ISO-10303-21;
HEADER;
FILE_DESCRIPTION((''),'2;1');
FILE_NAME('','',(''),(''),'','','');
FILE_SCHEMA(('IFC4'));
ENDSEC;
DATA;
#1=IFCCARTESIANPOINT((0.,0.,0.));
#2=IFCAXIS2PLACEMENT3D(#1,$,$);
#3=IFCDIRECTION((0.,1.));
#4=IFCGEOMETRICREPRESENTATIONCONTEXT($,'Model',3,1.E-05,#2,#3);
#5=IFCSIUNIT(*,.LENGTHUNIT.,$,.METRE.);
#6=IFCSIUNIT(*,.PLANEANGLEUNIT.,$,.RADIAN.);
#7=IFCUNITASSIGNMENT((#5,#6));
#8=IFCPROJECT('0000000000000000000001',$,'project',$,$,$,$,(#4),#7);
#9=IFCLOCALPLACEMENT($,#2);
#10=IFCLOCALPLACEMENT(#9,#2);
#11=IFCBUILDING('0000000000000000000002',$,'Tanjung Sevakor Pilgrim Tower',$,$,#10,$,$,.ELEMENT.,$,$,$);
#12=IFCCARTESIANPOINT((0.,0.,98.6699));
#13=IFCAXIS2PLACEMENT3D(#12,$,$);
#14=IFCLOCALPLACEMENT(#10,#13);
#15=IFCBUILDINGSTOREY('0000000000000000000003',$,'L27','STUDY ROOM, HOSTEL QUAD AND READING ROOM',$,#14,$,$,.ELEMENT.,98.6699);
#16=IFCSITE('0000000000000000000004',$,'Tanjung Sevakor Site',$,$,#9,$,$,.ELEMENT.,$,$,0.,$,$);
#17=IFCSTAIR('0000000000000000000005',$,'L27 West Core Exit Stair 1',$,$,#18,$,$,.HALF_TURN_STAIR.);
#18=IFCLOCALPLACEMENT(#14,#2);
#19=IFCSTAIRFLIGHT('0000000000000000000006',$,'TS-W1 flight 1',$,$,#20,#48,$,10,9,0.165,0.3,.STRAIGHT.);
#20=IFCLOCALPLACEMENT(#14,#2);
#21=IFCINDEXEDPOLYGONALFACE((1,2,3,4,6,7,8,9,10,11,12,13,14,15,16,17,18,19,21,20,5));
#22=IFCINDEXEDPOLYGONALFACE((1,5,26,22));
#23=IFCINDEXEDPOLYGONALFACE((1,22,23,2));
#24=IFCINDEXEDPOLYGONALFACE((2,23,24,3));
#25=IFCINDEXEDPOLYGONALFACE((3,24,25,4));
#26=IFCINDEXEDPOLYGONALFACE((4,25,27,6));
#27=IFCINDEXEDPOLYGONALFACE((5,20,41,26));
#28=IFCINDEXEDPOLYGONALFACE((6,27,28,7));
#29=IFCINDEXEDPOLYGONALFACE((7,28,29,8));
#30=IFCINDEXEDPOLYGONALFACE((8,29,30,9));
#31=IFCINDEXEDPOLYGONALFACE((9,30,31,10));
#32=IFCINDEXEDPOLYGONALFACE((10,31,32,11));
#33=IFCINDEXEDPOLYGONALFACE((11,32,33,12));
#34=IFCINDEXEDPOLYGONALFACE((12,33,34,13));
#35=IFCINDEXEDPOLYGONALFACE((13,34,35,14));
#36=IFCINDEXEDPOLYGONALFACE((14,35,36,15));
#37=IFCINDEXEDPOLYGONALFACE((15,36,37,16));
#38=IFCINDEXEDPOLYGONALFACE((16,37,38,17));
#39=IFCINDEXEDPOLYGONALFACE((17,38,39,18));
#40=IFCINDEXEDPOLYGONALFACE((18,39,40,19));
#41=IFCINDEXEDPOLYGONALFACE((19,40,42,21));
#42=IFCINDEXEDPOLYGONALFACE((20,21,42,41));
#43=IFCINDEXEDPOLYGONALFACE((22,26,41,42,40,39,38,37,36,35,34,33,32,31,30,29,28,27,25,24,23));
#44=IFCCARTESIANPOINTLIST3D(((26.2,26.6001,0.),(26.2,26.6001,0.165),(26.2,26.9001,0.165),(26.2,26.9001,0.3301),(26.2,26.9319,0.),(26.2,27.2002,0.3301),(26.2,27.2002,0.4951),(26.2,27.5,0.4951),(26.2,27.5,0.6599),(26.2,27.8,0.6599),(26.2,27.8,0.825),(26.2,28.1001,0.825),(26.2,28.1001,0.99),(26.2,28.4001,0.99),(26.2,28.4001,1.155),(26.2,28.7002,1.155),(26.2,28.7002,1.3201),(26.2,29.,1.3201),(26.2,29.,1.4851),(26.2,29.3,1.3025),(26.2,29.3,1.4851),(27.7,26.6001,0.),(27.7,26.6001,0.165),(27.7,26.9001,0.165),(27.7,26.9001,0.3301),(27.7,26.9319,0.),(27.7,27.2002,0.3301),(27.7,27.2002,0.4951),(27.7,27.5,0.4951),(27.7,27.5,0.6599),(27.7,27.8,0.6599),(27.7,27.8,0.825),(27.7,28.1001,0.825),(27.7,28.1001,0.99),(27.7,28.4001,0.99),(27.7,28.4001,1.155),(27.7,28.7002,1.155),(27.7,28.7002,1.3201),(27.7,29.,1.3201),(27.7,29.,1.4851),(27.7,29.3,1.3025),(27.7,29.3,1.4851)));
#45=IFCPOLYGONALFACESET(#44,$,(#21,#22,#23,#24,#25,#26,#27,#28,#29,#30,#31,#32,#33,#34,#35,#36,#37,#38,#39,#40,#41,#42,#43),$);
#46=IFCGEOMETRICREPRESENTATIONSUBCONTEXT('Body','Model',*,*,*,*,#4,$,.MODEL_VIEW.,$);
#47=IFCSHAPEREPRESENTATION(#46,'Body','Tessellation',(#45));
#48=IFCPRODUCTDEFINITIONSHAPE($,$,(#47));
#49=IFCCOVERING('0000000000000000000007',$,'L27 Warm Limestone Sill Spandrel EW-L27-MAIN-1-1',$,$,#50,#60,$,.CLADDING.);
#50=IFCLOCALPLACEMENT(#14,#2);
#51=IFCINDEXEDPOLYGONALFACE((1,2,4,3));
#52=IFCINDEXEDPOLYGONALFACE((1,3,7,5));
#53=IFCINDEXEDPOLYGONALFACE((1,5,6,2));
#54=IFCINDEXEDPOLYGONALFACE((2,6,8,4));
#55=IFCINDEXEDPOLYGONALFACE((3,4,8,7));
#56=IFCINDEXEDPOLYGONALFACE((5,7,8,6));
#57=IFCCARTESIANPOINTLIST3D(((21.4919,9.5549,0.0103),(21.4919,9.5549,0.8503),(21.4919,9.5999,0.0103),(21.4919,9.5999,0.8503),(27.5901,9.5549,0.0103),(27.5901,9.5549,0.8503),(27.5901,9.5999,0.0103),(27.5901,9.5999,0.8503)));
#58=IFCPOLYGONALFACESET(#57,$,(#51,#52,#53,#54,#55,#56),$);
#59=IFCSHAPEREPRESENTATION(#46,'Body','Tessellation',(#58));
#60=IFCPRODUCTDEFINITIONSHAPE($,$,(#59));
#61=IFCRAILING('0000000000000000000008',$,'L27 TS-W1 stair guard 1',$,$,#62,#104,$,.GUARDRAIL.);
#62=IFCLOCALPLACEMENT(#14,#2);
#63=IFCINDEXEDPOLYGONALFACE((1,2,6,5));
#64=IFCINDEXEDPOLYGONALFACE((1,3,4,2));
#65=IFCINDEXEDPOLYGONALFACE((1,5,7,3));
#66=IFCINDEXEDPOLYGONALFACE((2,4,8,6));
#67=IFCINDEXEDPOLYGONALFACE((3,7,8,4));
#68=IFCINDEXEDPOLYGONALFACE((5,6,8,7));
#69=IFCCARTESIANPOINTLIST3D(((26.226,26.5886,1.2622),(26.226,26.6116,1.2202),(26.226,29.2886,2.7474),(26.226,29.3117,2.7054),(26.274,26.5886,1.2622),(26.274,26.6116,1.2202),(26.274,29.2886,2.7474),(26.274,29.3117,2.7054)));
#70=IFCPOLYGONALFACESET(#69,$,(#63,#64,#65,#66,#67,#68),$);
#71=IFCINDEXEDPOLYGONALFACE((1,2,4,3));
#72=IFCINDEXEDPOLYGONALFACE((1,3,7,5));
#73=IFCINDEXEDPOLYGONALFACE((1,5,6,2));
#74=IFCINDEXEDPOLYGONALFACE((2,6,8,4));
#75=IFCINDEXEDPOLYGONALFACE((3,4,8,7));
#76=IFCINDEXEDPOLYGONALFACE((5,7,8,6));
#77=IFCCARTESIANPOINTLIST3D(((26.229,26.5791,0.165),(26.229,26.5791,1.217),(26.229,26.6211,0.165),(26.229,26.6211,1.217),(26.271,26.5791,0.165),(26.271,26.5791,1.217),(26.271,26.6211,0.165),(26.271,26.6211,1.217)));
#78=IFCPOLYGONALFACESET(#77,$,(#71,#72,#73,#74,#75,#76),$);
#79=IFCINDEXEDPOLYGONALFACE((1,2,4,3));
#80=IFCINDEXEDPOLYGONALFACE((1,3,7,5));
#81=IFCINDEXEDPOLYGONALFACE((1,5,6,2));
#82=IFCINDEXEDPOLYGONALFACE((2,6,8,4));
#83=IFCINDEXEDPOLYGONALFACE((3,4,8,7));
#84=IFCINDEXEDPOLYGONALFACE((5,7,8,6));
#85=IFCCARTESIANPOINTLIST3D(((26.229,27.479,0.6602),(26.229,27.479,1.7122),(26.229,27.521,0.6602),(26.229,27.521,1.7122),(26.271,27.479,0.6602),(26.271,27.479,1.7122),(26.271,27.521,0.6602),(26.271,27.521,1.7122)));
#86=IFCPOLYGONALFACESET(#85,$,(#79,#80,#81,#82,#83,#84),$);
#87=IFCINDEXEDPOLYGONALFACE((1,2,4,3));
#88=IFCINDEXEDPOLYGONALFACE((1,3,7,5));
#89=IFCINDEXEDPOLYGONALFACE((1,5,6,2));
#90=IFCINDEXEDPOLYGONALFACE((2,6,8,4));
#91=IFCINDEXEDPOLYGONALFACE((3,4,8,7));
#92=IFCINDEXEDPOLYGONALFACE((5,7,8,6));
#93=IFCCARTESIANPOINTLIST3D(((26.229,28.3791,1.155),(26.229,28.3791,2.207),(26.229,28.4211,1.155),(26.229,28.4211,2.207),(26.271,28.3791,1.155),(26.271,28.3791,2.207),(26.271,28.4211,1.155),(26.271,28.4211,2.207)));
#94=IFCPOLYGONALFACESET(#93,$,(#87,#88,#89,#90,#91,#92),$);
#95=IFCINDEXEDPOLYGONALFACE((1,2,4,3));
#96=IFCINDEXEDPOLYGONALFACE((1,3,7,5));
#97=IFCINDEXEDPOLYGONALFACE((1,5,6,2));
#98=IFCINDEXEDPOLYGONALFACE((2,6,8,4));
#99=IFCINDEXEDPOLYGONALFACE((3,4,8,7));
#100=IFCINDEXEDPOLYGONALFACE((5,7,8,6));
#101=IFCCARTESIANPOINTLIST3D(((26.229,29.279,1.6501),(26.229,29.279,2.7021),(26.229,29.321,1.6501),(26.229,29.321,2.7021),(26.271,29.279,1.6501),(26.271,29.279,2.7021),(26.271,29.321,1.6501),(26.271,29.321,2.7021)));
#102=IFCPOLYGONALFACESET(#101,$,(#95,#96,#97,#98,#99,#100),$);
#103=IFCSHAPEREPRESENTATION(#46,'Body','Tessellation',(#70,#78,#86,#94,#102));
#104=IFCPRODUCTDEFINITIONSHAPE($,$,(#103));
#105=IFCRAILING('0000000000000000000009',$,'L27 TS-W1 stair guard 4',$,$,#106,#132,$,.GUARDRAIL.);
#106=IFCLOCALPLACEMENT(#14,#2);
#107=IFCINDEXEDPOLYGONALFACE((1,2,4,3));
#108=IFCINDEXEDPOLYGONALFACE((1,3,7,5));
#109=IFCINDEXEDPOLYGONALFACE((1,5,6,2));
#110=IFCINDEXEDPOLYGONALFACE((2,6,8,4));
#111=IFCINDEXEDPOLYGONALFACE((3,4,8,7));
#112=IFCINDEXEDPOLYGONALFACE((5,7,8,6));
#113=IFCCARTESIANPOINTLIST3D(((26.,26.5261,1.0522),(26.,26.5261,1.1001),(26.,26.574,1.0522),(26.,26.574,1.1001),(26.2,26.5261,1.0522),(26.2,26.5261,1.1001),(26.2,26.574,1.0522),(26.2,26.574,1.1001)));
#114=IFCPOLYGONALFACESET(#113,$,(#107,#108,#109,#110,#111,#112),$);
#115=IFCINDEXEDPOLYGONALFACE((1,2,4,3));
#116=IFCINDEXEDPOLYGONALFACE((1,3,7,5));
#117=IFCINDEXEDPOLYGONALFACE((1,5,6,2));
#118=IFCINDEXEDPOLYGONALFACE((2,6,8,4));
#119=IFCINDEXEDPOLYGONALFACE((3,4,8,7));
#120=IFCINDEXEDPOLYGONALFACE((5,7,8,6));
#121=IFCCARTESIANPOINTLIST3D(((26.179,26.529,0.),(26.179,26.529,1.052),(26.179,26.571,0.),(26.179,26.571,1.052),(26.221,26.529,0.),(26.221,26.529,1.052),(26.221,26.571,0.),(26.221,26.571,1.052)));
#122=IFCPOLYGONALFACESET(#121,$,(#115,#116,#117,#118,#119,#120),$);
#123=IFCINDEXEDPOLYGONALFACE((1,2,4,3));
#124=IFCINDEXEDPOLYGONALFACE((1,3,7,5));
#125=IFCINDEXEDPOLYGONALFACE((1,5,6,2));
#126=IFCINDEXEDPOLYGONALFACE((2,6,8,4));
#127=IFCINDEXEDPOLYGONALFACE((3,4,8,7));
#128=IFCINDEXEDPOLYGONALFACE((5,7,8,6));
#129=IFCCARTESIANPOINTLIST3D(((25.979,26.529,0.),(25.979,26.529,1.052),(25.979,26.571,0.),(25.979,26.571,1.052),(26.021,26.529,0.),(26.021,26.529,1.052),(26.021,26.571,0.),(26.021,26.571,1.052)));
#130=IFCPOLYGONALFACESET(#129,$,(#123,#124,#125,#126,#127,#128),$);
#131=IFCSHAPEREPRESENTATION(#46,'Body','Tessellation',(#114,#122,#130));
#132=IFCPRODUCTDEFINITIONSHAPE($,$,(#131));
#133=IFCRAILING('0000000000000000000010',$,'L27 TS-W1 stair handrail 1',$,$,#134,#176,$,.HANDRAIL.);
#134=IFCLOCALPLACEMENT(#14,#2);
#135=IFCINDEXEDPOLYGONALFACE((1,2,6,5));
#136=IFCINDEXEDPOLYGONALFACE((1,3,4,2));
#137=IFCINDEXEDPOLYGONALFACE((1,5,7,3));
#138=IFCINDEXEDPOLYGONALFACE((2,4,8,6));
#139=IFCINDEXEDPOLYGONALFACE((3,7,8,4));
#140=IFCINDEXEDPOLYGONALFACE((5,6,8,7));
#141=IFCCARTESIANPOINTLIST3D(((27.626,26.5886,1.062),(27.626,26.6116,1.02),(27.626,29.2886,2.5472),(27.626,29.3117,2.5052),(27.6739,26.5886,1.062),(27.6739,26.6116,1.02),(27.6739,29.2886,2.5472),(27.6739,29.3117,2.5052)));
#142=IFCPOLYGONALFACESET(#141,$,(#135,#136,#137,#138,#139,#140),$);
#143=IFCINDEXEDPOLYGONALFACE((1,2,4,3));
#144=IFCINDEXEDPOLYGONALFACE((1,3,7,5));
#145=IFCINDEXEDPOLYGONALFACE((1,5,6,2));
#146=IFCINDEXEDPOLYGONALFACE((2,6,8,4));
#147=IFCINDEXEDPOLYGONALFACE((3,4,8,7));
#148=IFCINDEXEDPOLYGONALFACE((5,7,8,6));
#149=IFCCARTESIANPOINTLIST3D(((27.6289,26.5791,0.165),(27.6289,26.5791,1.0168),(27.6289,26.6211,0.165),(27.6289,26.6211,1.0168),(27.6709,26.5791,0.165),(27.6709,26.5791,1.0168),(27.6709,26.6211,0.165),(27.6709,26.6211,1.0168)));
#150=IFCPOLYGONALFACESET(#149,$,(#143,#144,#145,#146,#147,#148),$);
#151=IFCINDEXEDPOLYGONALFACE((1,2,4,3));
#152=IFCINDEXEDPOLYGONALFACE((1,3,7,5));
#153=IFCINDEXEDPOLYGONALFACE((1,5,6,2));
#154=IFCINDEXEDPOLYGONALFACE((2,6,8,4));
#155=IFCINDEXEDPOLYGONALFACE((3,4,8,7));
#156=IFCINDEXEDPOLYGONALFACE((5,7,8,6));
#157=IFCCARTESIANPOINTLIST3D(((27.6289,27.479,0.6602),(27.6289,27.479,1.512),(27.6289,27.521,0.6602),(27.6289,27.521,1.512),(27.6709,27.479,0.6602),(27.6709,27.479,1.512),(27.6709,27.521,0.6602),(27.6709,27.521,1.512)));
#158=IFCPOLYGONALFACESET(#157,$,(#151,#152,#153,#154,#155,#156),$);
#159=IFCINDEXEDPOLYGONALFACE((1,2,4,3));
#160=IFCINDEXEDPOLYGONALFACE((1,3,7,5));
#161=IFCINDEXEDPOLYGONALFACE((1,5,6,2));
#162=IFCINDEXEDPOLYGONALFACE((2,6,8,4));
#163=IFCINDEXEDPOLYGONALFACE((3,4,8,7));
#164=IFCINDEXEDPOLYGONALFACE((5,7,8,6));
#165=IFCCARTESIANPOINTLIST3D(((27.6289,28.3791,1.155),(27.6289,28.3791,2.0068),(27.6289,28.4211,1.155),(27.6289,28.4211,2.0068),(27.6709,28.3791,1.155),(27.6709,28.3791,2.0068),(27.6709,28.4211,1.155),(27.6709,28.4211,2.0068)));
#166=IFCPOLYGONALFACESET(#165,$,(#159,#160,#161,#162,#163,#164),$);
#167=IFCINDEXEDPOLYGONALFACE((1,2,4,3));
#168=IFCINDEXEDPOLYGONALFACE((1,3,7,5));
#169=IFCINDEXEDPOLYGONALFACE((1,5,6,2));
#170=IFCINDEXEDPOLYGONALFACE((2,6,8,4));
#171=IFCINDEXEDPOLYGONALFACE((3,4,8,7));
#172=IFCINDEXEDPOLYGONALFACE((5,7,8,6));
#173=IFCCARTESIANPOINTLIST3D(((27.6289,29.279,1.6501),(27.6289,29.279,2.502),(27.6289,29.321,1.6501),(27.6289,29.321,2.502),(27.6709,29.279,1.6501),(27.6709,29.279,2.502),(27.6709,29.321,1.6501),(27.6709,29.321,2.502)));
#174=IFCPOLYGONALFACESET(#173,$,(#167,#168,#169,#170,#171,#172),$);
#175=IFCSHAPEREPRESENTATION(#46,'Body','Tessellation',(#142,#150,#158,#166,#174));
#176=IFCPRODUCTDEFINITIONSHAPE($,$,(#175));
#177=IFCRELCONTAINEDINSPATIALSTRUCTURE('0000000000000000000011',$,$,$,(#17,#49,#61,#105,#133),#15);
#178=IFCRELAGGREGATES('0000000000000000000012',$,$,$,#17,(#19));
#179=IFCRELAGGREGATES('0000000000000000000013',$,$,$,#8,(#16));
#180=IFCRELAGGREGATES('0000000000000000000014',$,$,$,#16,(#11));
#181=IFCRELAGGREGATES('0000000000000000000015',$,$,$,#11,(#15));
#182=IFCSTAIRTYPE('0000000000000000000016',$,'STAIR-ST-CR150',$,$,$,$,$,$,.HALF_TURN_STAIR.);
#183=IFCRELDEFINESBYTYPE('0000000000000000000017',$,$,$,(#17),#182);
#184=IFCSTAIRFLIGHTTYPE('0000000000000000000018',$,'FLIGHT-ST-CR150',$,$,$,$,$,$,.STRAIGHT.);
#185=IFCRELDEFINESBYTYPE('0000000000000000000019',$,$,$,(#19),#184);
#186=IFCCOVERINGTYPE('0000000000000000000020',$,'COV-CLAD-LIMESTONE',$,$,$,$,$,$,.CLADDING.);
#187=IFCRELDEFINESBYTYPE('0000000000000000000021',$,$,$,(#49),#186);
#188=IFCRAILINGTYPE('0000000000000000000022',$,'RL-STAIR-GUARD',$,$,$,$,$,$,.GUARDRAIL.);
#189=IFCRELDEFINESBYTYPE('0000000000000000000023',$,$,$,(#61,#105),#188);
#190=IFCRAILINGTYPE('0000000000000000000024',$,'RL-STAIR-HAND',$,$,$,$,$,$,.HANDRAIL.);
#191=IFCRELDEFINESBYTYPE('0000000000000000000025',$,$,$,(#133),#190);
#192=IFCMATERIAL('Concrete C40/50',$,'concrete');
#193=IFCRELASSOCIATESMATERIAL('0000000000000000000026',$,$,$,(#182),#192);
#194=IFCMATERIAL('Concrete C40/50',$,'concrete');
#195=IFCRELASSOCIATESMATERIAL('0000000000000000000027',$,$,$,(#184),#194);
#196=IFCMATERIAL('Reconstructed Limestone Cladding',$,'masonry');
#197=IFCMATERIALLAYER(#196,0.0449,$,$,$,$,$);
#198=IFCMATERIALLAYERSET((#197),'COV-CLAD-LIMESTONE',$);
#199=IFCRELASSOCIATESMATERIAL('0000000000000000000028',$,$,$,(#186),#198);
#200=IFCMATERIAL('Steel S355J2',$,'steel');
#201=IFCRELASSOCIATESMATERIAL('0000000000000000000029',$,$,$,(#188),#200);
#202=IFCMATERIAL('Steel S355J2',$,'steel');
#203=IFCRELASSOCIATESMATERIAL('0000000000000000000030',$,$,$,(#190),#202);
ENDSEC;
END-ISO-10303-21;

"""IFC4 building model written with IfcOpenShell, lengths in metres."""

from ifc_helpers import new_model, si_unit, direction, frame, origin, origin_2d, place, context, subcontext, project, spatial, polyline, rectangle, outline, extrude, material, layer, layer_set, type_object, element, aggregate, save


model = new_model("IFC4")

# Units and contexts
model_context = context("Model", 3, precision=1e-05, world=origin(), true_north=direction((0.0, 1.0)))
body_context = subcontext(model_context, "Body", "Model", "MODEL_VIEW")
ifc_project = project(units=[si_unit("LENGTHUNIT", "METRE"), si_unit("PLANEANGLEUNIT", "RADIAN")], contexts=[model_context])

# Site, building, storey
site_placement = place(None, origin())
site = spatial("IfcSite", under=ifc_project, at=site_placement, Name="Tanjung Sevakor Site", CompositionType="ELEMENT", RefElevation=0.0)
building_placement = place(site_placement, origin())
building = spatial("IfcBuilding", under=site, at=building_placement, Name="Tanjung Sevakor Pilgrim Tower", CompositionType="ELEMENT")
storey_placement = place(building_placement, frame((0.0, 0.0, 98.6699)))
storey = spatial("IfcBuildingStorey", under=building, at=storey_placement, Name="L27", Description="STUDY ROOM, HOSTEL QUAD AND READING ROOM", CompositionType="ELEMENT", Elevation=98.6699)

# Stair, stair flight
ifc_material_1 = material(Name="Concrete C40/50", Category="concrete")
stair_type = type_object("IfcStairType", Name="STAIR-ST-CR150", PredefinedType="HALF_TURN_STAIR", material=ifc_material_1)
stair_placement = place(storey_placement, origin())
stair = element("IfcStair", 1, at=stair_placement, inside=storey, type_object=stair_type, Name="L27 West Core Exit Stair 1", PredefinedType="HALF_TURN_STAIR")
ifc_material_2 = material(Name="Concrete C40/50", Category="concrete")
stair_flight_type = type_object("IfcStairFlightType", Name="FLIGHT-ST-CR150", PredefinedType="STRAIGHT", material=ifc_material_2)
stair_flight_placement = place(storey_placement, frame((26.95, 26.6001, 0.0), z_axis=(0.0, 0.0, 1.0), x_axis=(0.0, 1.0, 0.0)))
stair_flight = element("IfcStairFlight", 2, at=stair_flight_placement, type_object=stair_flight_type, Name="TS-W1 flight 1", NumberOfRisers=10, NumberOfTreads=9, PredefinedType="STRAIGHT", RiserHeight=0.165, TreadLength=0.3, context=body_context, shape_type="SweptSolid", body=[
    extrude(outline(polyline([(0.0, 0.0), (0.0, 0.165), (0.3, 0.165), (0.3, 0.3301), (0.6001, 0.3301), (0.6001, 0.4951), (0.8999, 0.4951), (0.8999, 0.6599), (1.2, 0.6599), (1.2, 0.825), (1.5, 0.825), (1.5, 0.99), (1.8, 0.99), (1.8, 1.155), (2.1001, 1.155), (2.1001, 1.3201), (2.3999, 1.3201), (2.3999, 1.4851), (2.7, 1.4851), (2.7, 1.6499), (2.7, 1.3025), (0.3318, 0.0), (0.0, 0.0)])), frame((0.0, 0.75, 0.0), z_axis=(0.0, -1.0, 0.0), x_axis=(1.0, 0.0, 0.0)), (0.0, 0.0, 1.0), 1.5),
])
aggregate(stair, [stair_flight])

# Covering
ifc_material_3 = material(Name="Reconstructed Limestone Cladding", Category="masonry")
ifc_layer_1 = layer(ifc_material_3, 0.0449)
ifc_layer_set_1 = layer_set([ifc_layer_1], Name="COV-CLAD-LIMESTONE")
covering_type = type_object("IfcCoveringType", Name="COV-CLAD-LIMESTONE", PredefinedType="CLADDING", material=ifc_layer_set_1)
covering_placement = place(storey_placement, frame((24.541, 9.5774, 0.0103), z_axis=(0.0, 0.0, 1.0), x_axis=(1.0, 0.0, 0.0)))
element("IfcCovering", 3, at=covering_placement, inside=storey, type_object=covering_type, Name="L27 Warm Limestone Sill Spandrel EW-L27-MAIN-1-1", PredefinedType="CLADDING", context=body_context, shape_type="SweptSolid", body=[
    extrude(rectangle(XDim=6.0981, YDim=0.0449, at=origin_2d()), origin(), (0.0, 0.0, 1.0), 0.8401),
])

# Railings
ifc_material_4 = material(Name="Steel S355J2", Category="steel")
railing_type_1 = type_object("IfcRailingType", Name="RL-STAIR-GUARD", PredefinedType="GUARDRAIL", material=ifc_material_4)
railing_1_placement = place(storey_placement, frame((26.25, 26.6001, 0.165)))
element("IfcRailing", 4, at=railing_1_placement, inside=storey, type_object=railing_type_1, Name="L27 TS-W1 stair guard 1", PredefinedType="GUARDRAIL", context=body_context, shape_type="SweptSolid", body=[
    extrude(rectangle(XDim=0.0479, YDim=0.0479), frame((0.0, 0.0, 1.0762), z_axis=(0.0, 0.876198, 0.481952), x_axis=(-1.0, 0.0, 0.0)), (0.0, 0.0, 1.0), 3.0815),
    extrude(rectangle(XDim=0.042, YDim=0.042), origin(), (0.0, 0.0, 1.0), 1.052),
    extrude(rectangle(XDim=0.042, YDim=0.042), frame((0.0, 0.8999, 0.4951)), (0.0, 0.0, 1.0), 1.052),
    extrude(rectangle(XDim=0.042, YDim=0.042), frame((0.0, 1.8, 0.99)), (0.0, 0.0, 1.0), 1.052),
    extrude(rectangle(XDim=0.042, YDim=0.042), frame((0.0, 2.7, 1.4851)), (0.0, 0.0, 1.0), 1.052),
])
railing_2_placement = place(storey_placement, frame((26.2, 26.55, 0.0)))
element("IfcRailing", 5, at=railing_2_placement, inside=storey, type_object=railing_type_1, Name="L27 TS-W1 stair guard 4", PredefinedType="GUARDRAIL", context=body_context, shape_type="SweptSolid", body=[
    extrude(rectangle(XDim=0.0479, YDim=0.0479), frame((0.0, 0.0, 1.0762), z_axis=(-1.0, 0.0, 0.0), x_axis=(0.0, -1.0, 0.0)), (0.0, 0.0, 1.0), 0.2),
    extrude(rectangle(XDim=0.042, YDim=0.042), origin(), (0.0, 0.0, 1.0), 1.052),
    extrude(rectangle(XDim=0.042, YDim=0.042), frame((-0.2, 0.0, 0.0)), (0.0, 0.0, 1.0), 1.052),
])
ifc_material_5 = material(Name="Steel S355J2", Category="steel")
railing_type_2 = type_object("IfcRailingType", Name="RL-STAIR-HAND", PredefinedType="HANDRAIL", material=ifc_material_5)
railing_3_placement = place(storey_placement, frame((27.6499, 26.6001, 0.165)))
element("IfcRailing", 6, at=railing_3_placement, inside=storey, type_object=railing_type_2, Name="L27 TS-W1 stair handrail 1", PredefinedType="HANDRAIL", context=body_context, shape_type="SweptSolid", body=[
    extrude(rectangle(XDim=0.0479, YDim=0.0479), frame((0.0, 0.0, 0.876), z_axis=(0.0, 0.876198, 0.481952), x_axis=(-1.0, 0.0, 0.0)), (0.0, 0.0, 1.0), 3.0815),
    extrude(rectangle(XDim=0.042, YDim=0.042), origin(), (0.0, 0.0, 1.0), 0.8518),
    extrude(rectangle(XDim=0.042, YDim=0.042), frame((0.0, 0.8999, 0.4951)), (0.0, 0.0, 1.0), 0.8518),
    extrude(rectangle(XDim=0.042, YDim=0.042), frame((0.0, 1.8, 0.99)), (0.0, 0.0, 1.0), 0.8518),
    extrude(rectangle(XDim=0.042, YDim=0.042), frame((0.0, 2.7, 1.4851)), (0.0, 0.0, 1.0), 0.8518),
])

save(model, "model.ifc")
